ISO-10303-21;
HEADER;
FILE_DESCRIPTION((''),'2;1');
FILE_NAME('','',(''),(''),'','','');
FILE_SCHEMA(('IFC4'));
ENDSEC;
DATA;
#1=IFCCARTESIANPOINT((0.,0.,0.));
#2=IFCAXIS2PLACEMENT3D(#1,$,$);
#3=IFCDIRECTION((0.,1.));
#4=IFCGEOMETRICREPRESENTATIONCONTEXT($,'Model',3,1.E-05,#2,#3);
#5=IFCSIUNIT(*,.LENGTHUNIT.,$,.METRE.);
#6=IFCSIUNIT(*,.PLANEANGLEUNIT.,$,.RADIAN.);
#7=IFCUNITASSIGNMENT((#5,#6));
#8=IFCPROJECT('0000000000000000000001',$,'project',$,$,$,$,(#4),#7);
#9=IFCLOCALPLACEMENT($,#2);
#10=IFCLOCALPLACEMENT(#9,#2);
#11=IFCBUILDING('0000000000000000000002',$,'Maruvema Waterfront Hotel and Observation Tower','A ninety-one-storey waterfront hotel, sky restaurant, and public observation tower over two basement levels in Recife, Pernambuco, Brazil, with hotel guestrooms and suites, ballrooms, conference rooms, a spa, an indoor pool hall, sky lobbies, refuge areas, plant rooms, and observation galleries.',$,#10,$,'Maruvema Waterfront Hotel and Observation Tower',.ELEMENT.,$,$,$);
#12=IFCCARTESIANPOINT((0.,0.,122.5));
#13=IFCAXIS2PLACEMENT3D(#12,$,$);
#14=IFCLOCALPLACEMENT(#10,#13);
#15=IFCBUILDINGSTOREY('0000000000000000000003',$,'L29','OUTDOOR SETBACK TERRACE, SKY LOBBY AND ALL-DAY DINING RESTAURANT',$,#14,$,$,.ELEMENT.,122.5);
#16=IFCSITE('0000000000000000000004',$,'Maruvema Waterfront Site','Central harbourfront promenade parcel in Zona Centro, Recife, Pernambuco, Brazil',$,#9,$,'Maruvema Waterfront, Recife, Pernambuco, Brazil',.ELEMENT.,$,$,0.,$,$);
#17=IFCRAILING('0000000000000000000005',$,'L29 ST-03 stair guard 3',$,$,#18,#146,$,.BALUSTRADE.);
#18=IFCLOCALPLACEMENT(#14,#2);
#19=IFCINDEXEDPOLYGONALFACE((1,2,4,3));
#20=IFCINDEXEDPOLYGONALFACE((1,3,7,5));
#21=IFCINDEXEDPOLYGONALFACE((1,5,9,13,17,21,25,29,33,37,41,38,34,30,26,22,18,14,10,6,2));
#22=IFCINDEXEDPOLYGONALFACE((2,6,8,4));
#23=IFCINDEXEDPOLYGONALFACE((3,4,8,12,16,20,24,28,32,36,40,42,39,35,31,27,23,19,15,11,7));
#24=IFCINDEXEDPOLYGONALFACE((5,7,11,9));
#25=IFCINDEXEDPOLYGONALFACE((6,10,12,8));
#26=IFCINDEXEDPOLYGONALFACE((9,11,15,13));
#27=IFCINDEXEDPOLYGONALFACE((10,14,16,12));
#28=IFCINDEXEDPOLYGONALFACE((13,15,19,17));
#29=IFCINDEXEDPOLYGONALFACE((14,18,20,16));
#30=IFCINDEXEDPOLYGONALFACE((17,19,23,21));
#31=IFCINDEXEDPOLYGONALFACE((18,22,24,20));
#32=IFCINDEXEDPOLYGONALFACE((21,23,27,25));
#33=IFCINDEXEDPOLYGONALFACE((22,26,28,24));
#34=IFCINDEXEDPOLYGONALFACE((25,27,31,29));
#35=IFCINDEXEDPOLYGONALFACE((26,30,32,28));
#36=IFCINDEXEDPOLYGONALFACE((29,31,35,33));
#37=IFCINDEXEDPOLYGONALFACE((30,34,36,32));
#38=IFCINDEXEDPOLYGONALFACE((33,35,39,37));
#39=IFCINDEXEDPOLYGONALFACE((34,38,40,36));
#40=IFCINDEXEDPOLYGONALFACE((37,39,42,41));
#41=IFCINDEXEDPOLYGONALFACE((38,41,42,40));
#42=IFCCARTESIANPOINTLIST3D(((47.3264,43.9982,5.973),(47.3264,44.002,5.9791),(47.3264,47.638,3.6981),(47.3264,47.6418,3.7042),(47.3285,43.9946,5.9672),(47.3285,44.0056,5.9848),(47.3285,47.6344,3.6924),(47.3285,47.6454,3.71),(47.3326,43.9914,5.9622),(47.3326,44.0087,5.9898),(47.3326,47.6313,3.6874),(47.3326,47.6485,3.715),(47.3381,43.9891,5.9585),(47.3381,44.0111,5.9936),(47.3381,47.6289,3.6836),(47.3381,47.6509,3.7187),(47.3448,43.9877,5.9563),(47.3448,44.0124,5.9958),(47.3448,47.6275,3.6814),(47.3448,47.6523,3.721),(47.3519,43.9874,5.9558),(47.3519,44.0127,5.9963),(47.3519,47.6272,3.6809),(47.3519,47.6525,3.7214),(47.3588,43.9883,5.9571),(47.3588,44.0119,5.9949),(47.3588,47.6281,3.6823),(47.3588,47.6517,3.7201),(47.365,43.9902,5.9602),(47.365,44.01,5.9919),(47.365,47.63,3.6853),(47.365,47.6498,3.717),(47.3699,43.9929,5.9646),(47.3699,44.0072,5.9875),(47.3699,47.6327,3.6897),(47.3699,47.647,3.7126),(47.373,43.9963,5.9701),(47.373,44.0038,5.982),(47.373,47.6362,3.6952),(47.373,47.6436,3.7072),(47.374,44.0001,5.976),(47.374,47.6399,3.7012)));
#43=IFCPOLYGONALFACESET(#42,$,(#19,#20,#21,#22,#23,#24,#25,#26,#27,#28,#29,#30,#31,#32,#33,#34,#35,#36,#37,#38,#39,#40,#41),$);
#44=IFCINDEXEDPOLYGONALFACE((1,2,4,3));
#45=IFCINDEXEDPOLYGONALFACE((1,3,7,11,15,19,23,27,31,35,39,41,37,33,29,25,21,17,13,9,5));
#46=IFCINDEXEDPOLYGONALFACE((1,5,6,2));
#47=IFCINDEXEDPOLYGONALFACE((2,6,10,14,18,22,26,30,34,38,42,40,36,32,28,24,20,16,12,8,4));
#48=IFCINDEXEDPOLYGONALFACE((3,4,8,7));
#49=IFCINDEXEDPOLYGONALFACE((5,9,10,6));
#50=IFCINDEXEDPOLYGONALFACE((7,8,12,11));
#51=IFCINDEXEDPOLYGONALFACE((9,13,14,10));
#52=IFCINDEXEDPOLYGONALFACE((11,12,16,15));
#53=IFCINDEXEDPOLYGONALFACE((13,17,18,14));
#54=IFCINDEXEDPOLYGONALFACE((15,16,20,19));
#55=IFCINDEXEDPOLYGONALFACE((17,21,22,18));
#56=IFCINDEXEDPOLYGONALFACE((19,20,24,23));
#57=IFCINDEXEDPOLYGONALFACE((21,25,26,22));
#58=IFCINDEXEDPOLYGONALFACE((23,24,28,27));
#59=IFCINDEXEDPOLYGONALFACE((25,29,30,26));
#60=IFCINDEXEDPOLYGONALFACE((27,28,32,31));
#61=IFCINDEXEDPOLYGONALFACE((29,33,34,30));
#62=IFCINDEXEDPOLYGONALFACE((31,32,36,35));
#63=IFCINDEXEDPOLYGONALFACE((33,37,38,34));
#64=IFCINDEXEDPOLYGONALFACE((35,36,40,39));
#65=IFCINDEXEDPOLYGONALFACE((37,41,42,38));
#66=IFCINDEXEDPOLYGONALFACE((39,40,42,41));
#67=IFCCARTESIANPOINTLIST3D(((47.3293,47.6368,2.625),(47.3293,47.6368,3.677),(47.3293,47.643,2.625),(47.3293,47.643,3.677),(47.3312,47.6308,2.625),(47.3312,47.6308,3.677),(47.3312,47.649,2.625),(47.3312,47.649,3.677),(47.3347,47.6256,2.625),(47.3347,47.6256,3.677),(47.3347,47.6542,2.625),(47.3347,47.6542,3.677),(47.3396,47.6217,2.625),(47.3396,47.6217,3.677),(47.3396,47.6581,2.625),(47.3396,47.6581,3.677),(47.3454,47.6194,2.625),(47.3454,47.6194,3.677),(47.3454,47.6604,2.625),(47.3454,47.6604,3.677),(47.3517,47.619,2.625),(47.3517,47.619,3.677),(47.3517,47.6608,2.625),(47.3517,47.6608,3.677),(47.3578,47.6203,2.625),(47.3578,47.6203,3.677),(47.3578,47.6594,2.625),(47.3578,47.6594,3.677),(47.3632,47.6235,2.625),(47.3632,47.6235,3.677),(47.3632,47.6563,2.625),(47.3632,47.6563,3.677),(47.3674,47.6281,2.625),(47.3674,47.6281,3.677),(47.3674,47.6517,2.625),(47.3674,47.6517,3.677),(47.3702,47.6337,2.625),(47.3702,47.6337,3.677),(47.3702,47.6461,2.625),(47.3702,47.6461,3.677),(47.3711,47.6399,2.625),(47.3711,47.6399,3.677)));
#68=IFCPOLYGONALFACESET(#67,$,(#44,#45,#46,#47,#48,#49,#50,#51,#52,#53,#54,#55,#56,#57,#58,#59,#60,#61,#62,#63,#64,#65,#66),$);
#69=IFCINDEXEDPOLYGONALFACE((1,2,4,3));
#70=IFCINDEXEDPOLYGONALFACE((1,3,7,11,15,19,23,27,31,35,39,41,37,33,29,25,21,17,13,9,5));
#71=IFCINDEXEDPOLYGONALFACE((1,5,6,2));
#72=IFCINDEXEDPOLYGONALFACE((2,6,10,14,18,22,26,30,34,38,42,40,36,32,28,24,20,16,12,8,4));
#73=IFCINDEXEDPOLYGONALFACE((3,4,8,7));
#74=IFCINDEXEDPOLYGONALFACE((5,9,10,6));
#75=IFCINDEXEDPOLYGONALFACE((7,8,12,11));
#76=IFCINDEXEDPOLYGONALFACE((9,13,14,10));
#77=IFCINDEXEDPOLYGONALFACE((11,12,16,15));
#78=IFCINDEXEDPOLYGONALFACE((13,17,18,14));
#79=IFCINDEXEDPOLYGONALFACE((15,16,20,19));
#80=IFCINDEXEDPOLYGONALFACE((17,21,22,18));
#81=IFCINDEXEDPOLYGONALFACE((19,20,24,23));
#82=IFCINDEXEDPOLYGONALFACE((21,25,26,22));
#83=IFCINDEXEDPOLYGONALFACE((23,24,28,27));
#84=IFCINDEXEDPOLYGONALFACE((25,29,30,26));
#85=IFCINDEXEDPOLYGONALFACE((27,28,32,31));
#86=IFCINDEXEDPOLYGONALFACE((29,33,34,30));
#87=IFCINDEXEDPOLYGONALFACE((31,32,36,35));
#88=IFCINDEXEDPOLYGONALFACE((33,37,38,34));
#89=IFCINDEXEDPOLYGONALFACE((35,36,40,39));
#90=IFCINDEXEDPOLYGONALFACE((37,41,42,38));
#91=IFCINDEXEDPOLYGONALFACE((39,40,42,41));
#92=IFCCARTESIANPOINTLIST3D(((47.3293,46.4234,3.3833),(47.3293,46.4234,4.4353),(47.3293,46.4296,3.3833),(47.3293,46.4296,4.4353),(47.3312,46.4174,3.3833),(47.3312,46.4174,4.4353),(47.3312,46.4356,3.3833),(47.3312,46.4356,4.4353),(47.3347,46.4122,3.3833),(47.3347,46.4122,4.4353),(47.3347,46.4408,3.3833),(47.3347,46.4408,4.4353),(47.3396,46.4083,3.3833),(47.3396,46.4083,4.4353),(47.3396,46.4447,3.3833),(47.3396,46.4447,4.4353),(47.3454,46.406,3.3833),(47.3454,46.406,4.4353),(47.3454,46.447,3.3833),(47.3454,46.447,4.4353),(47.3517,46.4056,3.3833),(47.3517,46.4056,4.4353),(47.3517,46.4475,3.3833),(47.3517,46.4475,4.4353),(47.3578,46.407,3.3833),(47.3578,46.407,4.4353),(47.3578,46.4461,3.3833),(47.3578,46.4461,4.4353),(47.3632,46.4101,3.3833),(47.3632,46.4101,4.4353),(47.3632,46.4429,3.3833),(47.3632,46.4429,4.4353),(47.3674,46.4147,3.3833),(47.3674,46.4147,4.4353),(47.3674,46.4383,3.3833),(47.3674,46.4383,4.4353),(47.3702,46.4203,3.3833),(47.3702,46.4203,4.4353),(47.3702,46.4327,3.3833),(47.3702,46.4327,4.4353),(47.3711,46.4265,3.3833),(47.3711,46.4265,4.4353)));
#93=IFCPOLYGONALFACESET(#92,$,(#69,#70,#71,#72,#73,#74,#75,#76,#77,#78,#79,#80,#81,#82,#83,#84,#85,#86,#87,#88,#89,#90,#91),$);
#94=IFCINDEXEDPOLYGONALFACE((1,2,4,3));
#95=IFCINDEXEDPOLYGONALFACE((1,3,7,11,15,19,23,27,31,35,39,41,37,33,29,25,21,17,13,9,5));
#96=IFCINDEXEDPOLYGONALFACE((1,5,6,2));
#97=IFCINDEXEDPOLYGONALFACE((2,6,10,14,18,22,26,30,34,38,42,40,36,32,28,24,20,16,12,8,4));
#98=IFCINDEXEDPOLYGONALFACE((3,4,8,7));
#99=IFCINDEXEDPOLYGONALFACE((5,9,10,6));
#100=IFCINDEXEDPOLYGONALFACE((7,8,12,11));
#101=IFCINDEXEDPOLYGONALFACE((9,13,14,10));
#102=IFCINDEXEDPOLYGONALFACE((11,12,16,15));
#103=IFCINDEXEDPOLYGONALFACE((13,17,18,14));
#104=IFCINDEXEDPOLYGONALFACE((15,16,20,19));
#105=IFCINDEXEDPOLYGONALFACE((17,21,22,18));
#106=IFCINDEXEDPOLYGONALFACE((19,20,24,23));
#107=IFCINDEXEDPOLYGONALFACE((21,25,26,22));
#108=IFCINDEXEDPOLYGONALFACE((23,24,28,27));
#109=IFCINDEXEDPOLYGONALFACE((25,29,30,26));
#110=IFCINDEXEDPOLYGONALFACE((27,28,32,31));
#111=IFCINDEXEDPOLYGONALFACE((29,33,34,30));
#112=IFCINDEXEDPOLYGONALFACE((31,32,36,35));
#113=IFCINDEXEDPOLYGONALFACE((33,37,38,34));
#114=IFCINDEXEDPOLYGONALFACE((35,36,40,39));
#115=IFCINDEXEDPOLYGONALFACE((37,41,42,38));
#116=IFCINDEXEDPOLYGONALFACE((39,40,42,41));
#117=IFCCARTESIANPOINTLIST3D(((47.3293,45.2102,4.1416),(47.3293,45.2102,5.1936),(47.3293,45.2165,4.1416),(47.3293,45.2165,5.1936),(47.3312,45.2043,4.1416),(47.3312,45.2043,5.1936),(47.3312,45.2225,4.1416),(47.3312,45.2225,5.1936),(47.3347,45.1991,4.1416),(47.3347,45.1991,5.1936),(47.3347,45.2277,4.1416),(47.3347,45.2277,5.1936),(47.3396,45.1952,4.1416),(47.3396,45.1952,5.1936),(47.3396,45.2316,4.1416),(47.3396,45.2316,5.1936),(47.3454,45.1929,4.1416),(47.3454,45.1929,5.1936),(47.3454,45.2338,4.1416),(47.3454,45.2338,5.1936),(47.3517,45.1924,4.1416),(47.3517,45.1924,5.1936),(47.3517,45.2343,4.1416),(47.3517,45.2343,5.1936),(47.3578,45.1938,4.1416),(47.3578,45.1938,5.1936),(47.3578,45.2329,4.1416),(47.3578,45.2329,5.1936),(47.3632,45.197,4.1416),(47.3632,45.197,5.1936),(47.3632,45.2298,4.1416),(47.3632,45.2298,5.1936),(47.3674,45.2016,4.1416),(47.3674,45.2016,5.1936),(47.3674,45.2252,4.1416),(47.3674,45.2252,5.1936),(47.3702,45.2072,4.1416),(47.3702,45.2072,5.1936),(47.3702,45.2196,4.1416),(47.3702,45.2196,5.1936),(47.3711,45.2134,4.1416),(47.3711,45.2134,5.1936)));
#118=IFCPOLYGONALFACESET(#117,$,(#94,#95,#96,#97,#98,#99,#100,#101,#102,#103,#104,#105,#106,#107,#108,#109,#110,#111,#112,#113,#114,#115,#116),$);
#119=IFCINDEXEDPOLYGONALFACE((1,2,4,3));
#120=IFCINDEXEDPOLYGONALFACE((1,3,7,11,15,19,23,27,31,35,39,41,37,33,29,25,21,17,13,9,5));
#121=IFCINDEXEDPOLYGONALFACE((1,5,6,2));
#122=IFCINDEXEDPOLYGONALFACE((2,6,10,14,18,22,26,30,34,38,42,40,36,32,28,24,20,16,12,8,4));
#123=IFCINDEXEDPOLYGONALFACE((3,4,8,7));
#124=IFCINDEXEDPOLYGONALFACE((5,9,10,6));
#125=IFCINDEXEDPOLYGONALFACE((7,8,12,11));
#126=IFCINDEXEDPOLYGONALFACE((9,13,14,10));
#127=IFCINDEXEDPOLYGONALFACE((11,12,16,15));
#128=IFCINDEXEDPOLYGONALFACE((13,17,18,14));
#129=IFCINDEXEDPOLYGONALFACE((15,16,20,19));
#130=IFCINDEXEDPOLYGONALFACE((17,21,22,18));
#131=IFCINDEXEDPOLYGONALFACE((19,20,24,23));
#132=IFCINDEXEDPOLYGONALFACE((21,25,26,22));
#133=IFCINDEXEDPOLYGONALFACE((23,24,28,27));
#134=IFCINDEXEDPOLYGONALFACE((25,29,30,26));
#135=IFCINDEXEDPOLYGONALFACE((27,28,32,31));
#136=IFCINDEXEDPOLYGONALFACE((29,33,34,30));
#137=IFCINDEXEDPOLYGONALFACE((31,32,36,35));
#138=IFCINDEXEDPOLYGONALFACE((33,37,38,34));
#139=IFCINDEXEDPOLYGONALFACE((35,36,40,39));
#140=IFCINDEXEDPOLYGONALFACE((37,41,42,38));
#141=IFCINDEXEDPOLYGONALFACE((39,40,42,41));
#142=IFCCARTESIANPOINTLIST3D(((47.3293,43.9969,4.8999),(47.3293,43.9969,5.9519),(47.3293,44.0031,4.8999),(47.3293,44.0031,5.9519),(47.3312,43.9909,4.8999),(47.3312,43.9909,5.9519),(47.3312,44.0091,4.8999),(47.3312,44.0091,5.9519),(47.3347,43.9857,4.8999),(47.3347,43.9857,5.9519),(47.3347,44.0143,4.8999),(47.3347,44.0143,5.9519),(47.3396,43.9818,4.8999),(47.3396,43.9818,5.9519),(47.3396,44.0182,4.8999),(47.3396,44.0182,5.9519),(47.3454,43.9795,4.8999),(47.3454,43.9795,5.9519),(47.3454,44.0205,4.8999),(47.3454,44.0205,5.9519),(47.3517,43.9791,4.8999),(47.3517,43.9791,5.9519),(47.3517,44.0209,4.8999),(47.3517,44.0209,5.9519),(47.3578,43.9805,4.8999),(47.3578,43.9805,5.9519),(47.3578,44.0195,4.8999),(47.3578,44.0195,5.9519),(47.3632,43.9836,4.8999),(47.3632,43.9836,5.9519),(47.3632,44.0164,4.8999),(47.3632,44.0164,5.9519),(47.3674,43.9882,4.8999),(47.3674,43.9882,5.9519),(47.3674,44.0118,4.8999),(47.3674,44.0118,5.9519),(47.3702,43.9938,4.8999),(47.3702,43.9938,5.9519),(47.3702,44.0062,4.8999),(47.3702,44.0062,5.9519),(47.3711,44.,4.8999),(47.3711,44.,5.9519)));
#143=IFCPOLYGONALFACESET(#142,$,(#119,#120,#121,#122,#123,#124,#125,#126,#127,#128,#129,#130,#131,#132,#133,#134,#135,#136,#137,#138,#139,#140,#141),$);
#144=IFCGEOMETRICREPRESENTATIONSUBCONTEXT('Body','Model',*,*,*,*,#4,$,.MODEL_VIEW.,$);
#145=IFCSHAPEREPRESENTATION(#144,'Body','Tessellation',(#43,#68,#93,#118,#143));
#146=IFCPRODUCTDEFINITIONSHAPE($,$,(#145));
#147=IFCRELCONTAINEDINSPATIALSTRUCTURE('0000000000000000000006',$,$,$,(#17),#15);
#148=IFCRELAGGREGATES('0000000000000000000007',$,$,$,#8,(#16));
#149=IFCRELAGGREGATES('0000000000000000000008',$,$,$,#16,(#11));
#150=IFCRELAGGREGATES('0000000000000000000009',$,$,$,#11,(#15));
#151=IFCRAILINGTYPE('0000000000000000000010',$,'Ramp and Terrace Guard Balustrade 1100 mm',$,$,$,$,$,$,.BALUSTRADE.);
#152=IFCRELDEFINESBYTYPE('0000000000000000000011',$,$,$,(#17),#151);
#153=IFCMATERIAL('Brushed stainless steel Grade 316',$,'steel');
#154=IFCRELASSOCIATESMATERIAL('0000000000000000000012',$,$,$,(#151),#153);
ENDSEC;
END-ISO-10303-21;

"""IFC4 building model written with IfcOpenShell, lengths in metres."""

from ifc_helpers import new_model, si_unit, direction, frame, origin, origin_2d, place, context, subcontext, project, spatial, circle, extrude, material, type_object, element, save


model = new_model("IFC4")

# Units and contexts
model_context = context("Model", 3, precision=1e-05, world=origin(), true_north=direction((0.0, 1.0)))
body_context = subcontext(model_context, "Body", "Model", "MODEL_VIEW")
ifc_project = project(units=[si_unit("LENGTHUNIT", "METRE"), si_unit("PLANEANGLEUNIT", "RADIAN")], contexts=[model_context])

# Site, building, storey
site_placement = place(None, origin())
site = spatial("IfcSite", under=ifc_project, at=site_placement, Name="Maruvema Waterfront Site", Description="Central harbourfront promenade parcel in Zona Centro, Recife, Pernambuco, Brazil", LongName="Maruvema Waterfront, Recife, Pernambuco, Brazil", CompositionType="ELEMENT", RefElevation=0.0)
building_placement = place(site_placement, origin())
building = spatial("IfcBuilding", under=site, at=building_placement, Name="Maruvema Waterfront Hotel and Observation Tower", Description="A ninety-one-storey waterfront hotel, sky restaurant, and public observation tower over two basement levels in Recife, Pernambuco, Brazil, with hotel guestrooms and suites, ballrooms, conference rooms, a spa, an indoor pool hall, sky lobbies, refuge areas, plant rooms, and observation galleries.", LongName="Maruvema Waterfront Hotel and Observation Tower", CompositionType="ELEMENT")
storey_placement = place(building_placement, frame((0.0, 0.0, 122.5)))
storey = spatial("IfcBuildingStorey", under=building, at=storey_placement, Name="L29", Description="OUTDOOR SETBACK TERRACE, SKY LOBBY AND ALL-DAY DINING RESTAURANT", CompositionType="ELEMENT", Elevation=122.5)

# Railing
ifc_material_1 = material(Name="Brushed stainless steel Grade 316", Category="steel")
railing_type_1 = type_object("IfcRailingType", Name="Ramp and Terrace Guard Balustrade 1100 mm", PredefinedType="BALUSTRADE", material=ifc_material_1)
railing_1_placement = place(storey_placement, frame((47.3501, 47.6399, 2.625)))
element("IfcRailing", 1, at=railing_1_placement, inside=storey, type_object=railing_type_1, Name="L29 ST-03 stair guard 3", PredefinedType="BALUSTRADE", context=body_context, shape_type="SweptSolid", body=[
    extrude(circle(Radius=0.0239, at=origin_2d()), frame((0.0, 0.0, 1.0762), z_axis=(0.0, -0.848001, 0.529994), x_axis=(1.0, 0.0, 0.0)), (0.0, 0.0, 1.0), 4.2922),
    extrude(circle(Radius=0.021, at=origin_2d()), origin(), (0.0, 0.0, 1.0), 1.052),
    extrude(circle(Radius=0.021, at=origin_2d()), frame((0.0, -1.2134, 0.7583)), (0.0, 0.0, 1.0), 1.052),
    extrude(circle(Radius=0.021, at=origin_2d()), frame((0.0, -2.4265, 1.5166)), (0.0, 0.0, 1.0), 1.052),
    extrude(circle(Radius=0.021, at=origin_2d()), frame((0.0, -3.6399, 2.2749)), (0.0, 0.0, 1.0), 1.052),
])

save(model, "model.ifc")
